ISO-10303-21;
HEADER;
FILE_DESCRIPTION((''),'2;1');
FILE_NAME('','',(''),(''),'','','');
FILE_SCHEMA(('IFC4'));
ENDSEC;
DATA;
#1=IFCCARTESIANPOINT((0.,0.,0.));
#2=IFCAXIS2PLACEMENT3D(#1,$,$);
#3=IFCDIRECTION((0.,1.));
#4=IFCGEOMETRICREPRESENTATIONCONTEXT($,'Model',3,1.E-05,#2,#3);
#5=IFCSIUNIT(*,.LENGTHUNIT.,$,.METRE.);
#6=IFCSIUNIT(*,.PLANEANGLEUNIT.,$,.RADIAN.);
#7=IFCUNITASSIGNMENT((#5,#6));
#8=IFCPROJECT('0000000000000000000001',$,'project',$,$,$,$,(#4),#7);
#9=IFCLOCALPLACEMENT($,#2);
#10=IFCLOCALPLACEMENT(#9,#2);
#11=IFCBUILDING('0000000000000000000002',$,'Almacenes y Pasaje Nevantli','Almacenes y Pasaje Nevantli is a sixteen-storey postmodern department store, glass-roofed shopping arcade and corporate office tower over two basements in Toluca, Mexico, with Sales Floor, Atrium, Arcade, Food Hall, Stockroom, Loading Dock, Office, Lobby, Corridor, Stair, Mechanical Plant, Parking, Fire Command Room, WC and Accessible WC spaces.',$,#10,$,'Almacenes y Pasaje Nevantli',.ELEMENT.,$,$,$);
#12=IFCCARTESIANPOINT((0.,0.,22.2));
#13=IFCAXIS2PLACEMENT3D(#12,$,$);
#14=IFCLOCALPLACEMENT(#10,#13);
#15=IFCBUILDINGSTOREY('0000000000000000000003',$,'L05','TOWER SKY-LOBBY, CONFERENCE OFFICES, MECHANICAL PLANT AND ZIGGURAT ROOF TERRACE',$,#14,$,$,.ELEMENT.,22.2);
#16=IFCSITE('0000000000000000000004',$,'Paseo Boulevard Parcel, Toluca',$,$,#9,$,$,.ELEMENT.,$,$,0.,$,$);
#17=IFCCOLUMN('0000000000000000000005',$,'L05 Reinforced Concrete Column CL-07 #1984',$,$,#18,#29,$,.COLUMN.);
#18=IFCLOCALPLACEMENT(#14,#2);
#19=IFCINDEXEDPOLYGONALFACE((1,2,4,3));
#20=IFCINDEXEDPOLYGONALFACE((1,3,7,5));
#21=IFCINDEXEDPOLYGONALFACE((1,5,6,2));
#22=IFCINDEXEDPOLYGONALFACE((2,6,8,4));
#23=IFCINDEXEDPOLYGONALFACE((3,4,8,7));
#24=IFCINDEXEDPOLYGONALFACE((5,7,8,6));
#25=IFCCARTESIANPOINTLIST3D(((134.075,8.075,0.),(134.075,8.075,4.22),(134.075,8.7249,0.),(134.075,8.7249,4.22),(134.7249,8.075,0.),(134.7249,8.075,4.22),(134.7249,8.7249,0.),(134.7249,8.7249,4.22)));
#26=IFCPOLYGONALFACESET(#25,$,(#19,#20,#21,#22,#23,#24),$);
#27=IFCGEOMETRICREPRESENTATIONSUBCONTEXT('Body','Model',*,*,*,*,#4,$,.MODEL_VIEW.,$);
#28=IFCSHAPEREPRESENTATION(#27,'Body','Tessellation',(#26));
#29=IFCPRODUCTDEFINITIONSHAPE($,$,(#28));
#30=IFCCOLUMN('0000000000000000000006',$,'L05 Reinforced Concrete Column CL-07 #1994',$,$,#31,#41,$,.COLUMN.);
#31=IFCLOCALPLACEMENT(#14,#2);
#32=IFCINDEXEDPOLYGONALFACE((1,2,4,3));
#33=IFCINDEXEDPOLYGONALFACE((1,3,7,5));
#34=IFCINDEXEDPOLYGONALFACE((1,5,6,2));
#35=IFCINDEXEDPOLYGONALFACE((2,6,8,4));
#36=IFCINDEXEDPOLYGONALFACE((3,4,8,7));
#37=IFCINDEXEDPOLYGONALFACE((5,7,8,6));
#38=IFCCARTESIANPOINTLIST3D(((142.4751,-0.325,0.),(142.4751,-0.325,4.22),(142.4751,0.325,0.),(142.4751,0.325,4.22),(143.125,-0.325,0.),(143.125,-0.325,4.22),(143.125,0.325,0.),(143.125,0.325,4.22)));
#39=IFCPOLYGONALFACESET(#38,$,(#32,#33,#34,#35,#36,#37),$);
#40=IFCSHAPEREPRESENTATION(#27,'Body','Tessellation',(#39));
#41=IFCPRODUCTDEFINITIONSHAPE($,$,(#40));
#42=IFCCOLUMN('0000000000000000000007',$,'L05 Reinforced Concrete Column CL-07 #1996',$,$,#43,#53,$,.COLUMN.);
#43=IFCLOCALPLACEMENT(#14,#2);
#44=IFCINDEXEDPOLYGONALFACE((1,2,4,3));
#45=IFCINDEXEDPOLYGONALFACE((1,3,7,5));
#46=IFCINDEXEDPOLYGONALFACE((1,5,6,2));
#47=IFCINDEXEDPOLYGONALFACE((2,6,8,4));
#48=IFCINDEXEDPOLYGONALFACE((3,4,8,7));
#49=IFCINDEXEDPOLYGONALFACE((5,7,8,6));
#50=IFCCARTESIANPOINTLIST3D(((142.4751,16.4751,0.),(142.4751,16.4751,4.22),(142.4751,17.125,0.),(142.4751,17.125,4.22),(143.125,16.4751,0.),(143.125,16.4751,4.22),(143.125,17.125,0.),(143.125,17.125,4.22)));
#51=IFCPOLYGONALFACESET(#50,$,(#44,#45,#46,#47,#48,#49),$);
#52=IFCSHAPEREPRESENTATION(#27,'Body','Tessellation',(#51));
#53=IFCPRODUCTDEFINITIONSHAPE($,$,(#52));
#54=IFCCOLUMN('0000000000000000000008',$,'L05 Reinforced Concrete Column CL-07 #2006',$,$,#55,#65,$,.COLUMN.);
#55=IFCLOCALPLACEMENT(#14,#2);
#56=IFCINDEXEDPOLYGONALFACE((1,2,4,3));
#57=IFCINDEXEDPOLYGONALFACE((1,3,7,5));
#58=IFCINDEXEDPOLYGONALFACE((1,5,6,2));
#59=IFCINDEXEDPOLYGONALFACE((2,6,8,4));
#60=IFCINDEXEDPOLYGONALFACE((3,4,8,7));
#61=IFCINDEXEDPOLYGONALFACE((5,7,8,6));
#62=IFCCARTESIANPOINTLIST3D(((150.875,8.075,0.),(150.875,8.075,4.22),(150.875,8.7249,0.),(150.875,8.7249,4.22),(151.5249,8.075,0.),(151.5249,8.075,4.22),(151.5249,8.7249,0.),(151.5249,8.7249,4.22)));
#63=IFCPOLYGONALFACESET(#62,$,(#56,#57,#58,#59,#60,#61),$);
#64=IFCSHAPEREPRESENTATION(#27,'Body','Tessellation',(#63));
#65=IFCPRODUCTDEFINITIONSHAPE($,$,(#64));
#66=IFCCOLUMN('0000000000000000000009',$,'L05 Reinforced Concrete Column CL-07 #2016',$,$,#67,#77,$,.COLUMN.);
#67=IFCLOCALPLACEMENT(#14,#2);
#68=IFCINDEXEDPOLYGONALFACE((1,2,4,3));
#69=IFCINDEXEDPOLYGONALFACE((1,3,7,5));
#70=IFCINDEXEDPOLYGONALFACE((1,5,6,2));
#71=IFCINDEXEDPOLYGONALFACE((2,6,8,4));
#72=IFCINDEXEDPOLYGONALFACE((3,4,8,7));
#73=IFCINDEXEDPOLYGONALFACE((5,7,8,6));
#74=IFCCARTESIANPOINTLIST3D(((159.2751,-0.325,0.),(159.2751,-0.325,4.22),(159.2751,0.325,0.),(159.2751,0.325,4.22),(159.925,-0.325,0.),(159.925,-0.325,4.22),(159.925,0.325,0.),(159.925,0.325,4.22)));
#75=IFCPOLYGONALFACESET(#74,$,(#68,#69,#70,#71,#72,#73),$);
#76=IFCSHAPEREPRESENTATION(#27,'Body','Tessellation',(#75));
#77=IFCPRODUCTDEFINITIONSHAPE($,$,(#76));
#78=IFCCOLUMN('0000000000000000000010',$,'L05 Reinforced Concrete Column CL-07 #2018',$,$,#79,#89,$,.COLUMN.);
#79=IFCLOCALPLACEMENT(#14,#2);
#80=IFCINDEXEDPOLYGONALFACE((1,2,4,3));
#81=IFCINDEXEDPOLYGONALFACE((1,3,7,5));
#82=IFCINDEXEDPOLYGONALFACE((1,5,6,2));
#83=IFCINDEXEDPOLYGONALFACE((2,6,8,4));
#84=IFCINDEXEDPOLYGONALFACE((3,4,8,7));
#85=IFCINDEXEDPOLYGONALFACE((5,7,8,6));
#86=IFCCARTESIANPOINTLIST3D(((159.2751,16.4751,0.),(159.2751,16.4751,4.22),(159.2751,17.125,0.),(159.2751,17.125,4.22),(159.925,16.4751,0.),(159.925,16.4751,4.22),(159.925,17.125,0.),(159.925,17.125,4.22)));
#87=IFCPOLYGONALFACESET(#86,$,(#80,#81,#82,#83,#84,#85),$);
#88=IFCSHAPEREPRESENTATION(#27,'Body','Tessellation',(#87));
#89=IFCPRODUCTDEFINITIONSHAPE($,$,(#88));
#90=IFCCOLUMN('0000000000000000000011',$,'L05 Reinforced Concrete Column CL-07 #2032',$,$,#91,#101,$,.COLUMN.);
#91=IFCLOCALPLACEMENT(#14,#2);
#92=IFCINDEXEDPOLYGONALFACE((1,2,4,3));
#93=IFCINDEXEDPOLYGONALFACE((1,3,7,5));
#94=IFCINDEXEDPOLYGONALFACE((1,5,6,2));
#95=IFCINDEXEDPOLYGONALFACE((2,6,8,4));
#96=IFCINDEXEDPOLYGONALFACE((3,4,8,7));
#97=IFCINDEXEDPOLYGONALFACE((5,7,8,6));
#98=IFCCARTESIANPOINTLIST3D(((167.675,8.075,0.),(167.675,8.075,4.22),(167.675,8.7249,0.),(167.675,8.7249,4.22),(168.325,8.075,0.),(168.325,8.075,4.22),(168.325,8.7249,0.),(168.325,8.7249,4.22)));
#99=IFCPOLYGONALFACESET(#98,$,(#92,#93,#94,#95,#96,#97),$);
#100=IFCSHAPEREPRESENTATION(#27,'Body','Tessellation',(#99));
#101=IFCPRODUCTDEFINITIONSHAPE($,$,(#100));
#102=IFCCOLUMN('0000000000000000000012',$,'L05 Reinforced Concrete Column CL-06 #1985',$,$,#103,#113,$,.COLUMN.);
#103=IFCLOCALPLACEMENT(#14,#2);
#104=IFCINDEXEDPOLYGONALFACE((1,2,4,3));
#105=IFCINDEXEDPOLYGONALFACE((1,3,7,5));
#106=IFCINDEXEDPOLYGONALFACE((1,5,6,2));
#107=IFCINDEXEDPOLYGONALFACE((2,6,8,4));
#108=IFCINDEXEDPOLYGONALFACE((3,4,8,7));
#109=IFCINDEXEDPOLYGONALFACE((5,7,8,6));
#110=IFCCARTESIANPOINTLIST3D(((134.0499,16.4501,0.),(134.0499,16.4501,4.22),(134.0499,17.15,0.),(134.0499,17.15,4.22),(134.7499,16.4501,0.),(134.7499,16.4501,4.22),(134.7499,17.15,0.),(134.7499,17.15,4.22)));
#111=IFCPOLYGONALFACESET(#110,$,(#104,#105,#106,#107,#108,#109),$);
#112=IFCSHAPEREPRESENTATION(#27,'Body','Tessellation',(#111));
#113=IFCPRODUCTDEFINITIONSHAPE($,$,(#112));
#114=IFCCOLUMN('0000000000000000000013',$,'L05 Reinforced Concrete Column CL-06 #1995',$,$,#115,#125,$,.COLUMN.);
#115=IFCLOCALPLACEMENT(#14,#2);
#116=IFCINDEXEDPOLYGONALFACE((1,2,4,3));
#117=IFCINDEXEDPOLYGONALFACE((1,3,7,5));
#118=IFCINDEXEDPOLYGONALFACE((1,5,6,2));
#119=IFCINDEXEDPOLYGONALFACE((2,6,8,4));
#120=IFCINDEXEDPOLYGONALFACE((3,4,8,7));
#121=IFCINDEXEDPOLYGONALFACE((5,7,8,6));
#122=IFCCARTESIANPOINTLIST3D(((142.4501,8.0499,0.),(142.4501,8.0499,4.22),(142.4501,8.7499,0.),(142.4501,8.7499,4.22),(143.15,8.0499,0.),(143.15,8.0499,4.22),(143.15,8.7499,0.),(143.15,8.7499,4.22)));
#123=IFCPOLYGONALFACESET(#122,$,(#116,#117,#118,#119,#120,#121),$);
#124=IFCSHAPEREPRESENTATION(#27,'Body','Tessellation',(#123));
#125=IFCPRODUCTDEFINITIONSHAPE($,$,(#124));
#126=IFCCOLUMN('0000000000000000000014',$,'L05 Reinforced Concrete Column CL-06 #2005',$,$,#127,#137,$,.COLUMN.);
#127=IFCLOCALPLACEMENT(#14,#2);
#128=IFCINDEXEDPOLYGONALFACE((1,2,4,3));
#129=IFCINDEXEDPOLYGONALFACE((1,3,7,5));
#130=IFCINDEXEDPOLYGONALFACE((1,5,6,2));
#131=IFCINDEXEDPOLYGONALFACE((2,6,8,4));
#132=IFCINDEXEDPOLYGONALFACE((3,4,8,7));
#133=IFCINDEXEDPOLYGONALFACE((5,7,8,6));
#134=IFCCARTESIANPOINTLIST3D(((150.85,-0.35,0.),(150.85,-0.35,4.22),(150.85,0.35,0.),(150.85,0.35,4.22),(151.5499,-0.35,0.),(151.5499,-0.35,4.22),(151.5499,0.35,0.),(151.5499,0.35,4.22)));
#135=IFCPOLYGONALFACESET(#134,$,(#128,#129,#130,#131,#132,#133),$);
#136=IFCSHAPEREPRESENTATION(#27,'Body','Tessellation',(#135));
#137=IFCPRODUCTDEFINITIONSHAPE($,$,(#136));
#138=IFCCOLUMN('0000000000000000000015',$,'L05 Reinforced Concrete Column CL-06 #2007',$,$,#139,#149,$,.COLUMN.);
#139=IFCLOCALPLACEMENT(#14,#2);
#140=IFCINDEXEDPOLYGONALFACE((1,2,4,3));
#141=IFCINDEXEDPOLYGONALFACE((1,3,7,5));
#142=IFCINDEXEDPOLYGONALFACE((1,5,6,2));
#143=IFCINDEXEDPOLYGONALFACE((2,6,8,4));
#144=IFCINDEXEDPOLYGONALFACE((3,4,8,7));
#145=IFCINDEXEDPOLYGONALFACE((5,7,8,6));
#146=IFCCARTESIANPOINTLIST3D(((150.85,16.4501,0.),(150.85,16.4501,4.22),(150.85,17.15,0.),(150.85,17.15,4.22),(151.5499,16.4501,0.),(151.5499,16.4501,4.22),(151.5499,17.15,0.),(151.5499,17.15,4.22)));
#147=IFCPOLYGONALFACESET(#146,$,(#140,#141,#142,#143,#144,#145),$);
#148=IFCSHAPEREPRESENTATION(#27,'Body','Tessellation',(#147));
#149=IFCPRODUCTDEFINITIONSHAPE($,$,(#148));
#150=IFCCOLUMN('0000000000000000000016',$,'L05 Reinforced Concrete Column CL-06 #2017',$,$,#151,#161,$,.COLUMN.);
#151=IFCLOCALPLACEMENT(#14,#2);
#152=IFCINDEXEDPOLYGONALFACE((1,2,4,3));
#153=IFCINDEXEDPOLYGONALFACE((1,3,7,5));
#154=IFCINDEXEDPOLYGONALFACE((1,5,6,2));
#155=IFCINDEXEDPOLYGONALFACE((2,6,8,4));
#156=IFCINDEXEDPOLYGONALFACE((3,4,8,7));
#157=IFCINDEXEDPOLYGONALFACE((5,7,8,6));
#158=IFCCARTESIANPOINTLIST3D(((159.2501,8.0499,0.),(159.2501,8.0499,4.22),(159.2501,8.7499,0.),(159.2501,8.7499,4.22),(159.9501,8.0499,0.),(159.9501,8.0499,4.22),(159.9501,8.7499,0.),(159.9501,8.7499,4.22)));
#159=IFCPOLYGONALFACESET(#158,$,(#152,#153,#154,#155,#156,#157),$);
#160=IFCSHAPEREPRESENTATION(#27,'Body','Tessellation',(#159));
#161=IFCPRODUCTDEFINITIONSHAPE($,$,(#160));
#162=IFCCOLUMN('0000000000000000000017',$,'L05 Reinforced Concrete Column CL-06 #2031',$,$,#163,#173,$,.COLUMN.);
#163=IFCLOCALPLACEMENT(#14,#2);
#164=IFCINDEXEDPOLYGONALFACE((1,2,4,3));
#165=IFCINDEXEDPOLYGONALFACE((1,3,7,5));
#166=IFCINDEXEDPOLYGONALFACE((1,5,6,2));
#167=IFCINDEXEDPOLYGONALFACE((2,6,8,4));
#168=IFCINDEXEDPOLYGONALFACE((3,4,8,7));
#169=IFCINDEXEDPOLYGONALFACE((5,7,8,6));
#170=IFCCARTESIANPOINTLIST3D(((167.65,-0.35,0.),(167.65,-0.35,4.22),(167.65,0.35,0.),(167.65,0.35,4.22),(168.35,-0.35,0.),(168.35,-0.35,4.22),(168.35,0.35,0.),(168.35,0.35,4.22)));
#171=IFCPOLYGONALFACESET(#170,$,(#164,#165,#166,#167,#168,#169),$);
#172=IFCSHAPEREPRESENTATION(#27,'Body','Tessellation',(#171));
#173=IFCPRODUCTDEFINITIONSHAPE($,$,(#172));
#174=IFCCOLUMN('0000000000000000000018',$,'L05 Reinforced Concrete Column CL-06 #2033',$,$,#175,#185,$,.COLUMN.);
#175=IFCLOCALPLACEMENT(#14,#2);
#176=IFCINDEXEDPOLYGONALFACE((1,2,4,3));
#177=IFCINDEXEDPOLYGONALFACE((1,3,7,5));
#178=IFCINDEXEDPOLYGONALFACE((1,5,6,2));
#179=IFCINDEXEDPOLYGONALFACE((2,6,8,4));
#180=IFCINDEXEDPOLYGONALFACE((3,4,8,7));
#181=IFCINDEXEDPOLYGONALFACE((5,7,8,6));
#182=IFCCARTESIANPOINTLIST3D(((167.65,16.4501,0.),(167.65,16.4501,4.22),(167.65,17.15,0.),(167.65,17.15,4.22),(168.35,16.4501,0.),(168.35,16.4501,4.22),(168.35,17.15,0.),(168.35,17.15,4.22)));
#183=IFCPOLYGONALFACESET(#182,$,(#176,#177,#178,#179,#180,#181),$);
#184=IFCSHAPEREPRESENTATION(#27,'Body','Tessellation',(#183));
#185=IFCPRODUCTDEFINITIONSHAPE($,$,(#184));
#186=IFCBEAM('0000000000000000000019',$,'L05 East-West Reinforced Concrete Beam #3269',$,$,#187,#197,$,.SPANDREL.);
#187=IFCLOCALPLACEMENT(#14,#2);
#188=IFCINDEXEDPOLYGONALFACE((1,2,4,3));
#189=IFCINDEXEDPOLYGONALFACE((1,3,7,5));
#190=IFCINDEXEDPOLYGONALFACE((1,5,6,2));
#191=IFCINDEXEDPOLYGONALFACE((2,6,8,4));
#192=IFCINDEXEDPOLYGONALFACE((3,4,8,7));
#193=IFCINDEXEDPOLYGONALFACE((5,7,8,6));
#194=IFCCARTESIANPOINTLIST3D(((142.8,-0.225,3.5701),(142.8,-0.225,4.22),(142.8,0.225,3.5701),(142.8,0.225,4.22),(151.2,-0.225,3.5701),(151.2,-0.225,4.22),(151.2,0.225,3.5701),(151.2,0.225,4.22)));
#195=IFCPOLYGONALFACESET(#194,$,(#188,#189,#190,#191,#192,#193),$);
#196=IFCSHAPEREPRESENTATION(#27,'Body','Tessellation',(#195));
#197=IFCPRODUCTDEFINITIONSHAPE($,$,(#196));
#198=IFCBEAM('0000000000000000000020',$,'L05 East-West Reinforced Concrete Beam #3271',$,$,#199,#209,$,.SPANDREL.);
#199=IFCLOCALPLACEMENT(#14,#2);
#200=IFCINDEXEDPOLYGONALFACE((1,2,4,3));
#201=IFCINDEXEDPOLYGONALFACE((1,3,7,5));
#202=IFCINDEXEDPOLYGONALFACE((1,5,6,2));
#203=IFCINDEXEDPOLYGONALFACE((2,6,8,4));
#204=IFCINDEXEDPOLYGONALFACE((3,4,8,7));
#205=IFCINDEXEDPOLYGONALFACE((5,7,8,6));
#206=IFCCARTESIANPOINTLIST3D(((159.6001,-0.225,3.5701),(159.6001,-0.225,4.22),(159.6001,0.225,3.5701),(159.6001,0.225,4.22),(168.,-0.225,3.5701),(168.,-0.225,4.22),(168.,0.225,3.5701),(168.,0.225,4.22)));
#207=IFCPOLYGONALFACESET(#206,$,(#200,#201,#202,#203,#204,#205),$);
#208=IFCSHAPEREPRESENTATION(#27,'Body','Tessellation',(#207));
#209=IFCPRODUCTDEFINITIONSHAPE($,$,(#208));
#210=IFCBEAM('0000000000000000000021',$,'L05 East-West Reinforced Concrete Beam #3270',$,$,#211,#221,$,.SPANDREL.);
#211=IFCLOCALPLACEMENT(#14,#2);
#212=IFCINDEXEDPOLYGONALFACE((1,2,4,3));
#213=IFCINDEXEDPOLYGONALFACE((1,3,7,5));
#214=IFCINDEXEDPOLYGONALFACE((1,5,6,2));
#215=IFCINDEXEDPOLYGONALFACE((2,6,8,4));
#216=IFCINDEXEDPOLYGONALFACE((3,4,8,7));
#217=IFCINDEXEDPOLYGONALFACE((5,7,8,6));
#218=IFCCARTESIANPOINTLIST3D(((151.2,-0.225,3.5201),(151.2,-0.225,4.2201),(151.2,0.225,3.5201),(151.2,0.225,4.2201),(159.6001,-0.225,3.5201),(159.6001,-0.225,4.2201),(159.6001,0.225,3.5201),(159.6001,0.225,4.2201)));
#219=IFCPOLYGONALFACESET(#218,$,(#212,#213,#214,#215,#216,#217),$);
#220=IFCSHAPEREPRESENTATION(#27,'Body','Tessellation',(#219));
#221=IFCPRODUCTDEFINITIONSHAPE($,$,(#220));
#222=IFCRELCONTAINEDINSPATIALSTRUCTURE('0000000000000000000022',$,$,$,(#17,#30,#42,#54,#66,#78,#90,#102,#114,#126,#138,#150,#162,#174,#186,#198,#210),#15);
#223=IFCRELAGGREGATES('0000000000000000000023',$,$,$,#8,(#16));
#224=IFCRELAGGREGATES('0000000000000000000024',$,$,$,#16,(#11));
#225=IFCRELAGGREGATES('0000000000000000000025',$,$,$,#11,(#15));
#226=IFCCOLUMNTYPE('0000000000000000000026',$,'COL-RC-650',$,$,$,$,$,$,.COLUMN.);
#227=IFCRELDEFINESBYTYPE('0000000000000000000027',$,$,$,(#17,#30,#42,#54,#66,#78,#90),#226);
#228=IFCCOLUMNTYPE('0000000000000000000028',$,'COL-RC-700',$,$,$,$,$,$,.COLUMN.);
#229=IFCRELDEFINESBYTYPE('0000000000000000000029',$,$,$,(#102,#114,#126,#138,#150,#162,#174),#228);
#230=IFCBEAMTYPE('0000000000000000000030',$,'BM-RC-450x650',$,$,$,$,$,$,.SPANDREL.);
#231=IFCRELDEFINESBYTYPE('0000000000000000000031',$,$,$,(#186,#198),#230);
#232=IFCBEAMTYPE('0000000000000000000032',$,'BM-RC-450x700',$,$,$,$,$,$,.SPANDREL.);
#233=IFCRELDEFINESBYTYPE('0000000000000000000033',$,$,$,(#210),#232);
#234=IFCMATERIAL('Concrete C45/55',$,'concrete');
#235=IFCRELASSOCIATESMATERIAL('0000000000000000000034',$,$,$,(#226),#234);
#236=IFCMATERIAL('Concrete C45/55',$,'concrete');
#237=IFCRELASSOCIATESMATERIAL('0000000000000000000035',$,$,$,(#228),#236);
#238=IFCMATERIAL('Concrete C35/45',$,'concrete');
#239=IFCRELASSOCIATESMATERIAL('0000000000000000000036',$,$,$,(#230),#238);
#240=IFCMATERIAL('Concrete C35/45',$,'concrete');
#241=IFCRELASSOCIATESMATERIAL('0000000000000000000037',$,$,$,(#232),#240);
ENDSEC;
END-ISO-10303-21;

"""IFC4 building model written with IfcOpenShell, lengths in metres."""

from ifc_helpers import new_model, si_unit, direction, frame, origin, origin_2d, place, context, subcontext, project, spatial, rectangle, extrude, material, material_profile, profile_set, type_object, element, save


model = new_model("IFC4")

# Units and contexts
model_context = context("Model", 3, precision=1e-05, world=origin(), true_north=direction((0.0, 1.0)))
body_context = subcontext(model_context, "Body", "Model", "MODEL_VIEW")
ifc_project = project(units=[si_unit("LENGTHUNIT", "METRE"), si_unit("PLANEANGLEUNIT", "RADIAN")], contexts=[model_context])

# Site, building, storey
site_placement = place(None, origin())
site = spatial("IfcSite", under=ifc_project, at=site_placement, Name="Paseo Boulevard Parcel, Toluca", CompositionType="ELEMENT", RefElevation=0.0)
building_placement = place(site_placement, origin())
building = spatial("IfcBuilding", under=site, at=building_placement, Name="Almacenes y Pasaje Nevantli", Description="Almacenes y Pasaje Nevantli is a sixteen-storey postmodern department store, glass-roofed shopping arcade and corporate office tower over two basements in Toluca, Mexico, with Sales Floor, Atrium, Arcade, Food Hall, Stockroom, Loading Dock, Office, Lobby, Corridor, Stair, Mechanical Plant, Parking, Fire Command Room, WC and Accessible WC spaces.", LongName="Almacenes y Pasaje Nevantli", CompositionType="ELEMENT")
storey_placement = place(building_placement, frame((0.0, 0.0, 22.2)))
storey = spatial("IfcBuildingStorey", under=building, at=storey_placement, Name="L05", Description="TOWER SKY-LOBBY, CONFERENCE OFFICES, MECHANICAL PLANT AND ZIGGURAT ROOF TERRACE", CompositionType="ELEMENT", Elevation=22.2)

# Columns
ifc_material_1 = material(Name="Concrete C45/55", Category="concrete")
ifc_material_profile_1 = material_profile(ifc_material_1, rectangle(XDim=0.6499, YDim=0.6499, at=origin_2d()), Name="RC-COL-650x650")
ifc_profile_set_1 = profile_set([ifc_material_profile_1], Name="Concrete C45/55")
column_type_1 = type_object("IfcColumnType", Name="COL-RC-650", PredefinedType="COLUMN", material=ifc_profile_set_1)
for number, where, z_axis, x_axis, name in (
    (1, (134.3999, 8.3999, 0.0), (0.0, 0.0, 1.0), (1.0, 0.0, 0.0), "L05 Reinforced Concrete Column CL-07 #1984"),
    (2, (142.8, 0.0, 0.0), (0.0, 0.0, 1.0), (1.0, 0.0, 0.0), "L05 Reinforced Concrete Column CL-07 #1994"),
    (3, (142.8, 16.8, 0.0), (0.0, 0.0, 1.0), (1.0, 0.0, 0.0), "L05 Reinforced Concrete Column CL-07 #1996"),
    (4, (151.2, 8.3999, 0.0), (0.0, 0.0, 1.0), (1.0, 0.0, 0.0), "L05 Reinforced Concrete Column CL-07 #2006"),
    (5, (159.6001, 0.0, 0.0), (0.0, 0.0, 1.0), (1.0, 0.0, 0.0), "L05 Reinforced Concrete Column CL-07 #2016"),
    (6, (159.6001, 16.8, 0.0), (0.0, 0.0, 1.0), (1.0, 0.0, 0.0), "L05 Reinforced Concrete Column CL-07 #2018"),
    (7, (168.0, 8.3999, 0.0), (0.0, 0.0, 1.0), (1.0, 0.0, 0.0), "L05 Reinforced Concrete Column CL-07 #2032"),
):
    element("IfcColumn", number, at=place(storey_placement, frame(where, z_axis=z_axis, x_axis=x_axis)), inside=storey, type_object=column_type_1, Name=name, PredefinedType="COLUMN", context=body_context, shape_type="SweptSolid", body=[
        extrude(rectangle(XDim=0.6499, YDim=0.6499, at=origin_2d()), origin(), (0.0, 0.0, 1.0), 4.22),
    ])
ifc_material_2 = material(Name="Concrete C45/55", Category="concrete")
ifc_material_profile_2 = material_profile(ifc_material_2, rectangle(XDim=0.7, YDim=0.7, at=origin_2d()), Name="RC-COL-700x700")
ifc_profile_set_2 = profile_set([ifc_material_profile_2], Name="Concrete C45/55")
column_type_2 = type_object("IfcColumnType", Name="COL-RC-700", PredefinedType="COLUMN", material=ifc_profile_set_2)
for number, where, z_axis, x_axis, name in (
    (8, (134.3999, 16.8, 0.0), (0.0, 0.0, 1.0), (1.0, 0.0, 0.0), "L05 Reinforced Concrete Column CL-06 #1985"),
    (9, (142.8, 8.3999, 0.0), (0.0, 0.0, 1.0), (1.0, 0.0, 0.0), "L05 Reinforced Concrete Column CL-06 #1995"),
    (10, (151.2, 0.0, 0.0), (0.0, 0.0, 1.0), (1.0, 0.0, 0.0), "L05 Reinforced Concrete Column CL-06 #2005"),
    (11, (151.2, 16.8, 0.0), (0.0, 0.0, 1.0), (1.0, 0.0, 0.0), "L05 Reinforced Concrete Column CL-06 #2007"),
    (12, (159.6001, 8.3999, 0.0), (0.0, 0.0, 1.0), (1.0, 0.0, 0.0), "L05 Reinforced Concrete Column CL-06 #2017"),
    (13, (168.0, 0.0, 0.0), (0.0, 0.0, 1.0), (1.0, 0.0, 0.0), "L05 Reinforced Concrete Column CL-06 #2031"),
    (14, (168.0, 16.8, 0.0), (0.0, 0.0, 1.0), (1.0, 0.0, 0.0), "L05 Reinforced Concrete Column CL-06 #2033"),
):
    element("IfcColumn", number, at=place(storey_placement, frame(where, z_axis=z_axis, x_axis=x_axis)), inside=storey, type_object=column_type_2, Name=name, PredefinedType="COLUMN", context=body_context, shape_type="SweptSolid", body=[
        extrude(rectangle(XDim=0.7, YDim=0.7, at=origin_2d()), origin(), (0.0, 0.0, 1.0), 4.22),
    ])

# Beams
ifc_material_3 = material(Name="Concrete C35/45", Category="concrete")
ifc_material_profile_3 = material_profile(ifc_material_3, rectangle(XDim=0.45, YDim=0.6499, at=origin_2d()), Name="RC-BM-450x650")
ifc_profile_set_3 = profile_set([ifc_material_profile_3], Name="Concrete C35/45")
beam_type_1 = type_object("IfcBeamType", Name="BM-RC-450x650", PredefinedType="SPANDREL", material=ifc_profile_set_3)
for number, where, z_axis, x_axis, name in (
    (15, (142.8, 0.0, 3.895), (1.0, 0.0, 0.0), (0.0, 1.0, 0.0), "L05 East-West Reinforced Concrete Beam #3269"),
    (16, (159.6001, 0.0, 3.895), (1.0, 0.0, 0.0), (0.0, 1.0, 0.0), "L05 East-West Reinforced Concrete Beam #3271"),
):
    element("IfcBeam", number, at=place(storey_placement, frame(where, z_axis=z_axis, x_axis=x_axis)), inside=storey, type_object=beam_type_1, Name=name, PredefinedType="SPANDREL", context=body_context, shape_type="SweptSolid", body=[
        extrude(rectangle(XDim=0.45, YDim=0.6499, at=origin_2d()), origin(), (0.0, 0.0, 1.0), 8.3999),
    ])
ifc_material_4 = material(Name="Concrete C35/45", Category="concrete")
ifc_material_profile_4 = material_profile(ifc_material_4, rectangle(XDim=0.45, YDim=0.7, at=origin_2d()), Name="RC-BM-450x700")
ifc_profile_set_4 = profile_set([ifc_material_profile_4], Name="Concrete C35/45")
beam_type_2 = type_object("IfcBeamType", Name="BM-RC-450x700", PredefinedType="SPANDREL", material=ifc_profile_set_4)
beam_1_placement = place(storey_placement, frame((151.2, 0.0, 3.8701), z_axis=(1.0, 0.0, 0.0), x_axis=(0.0, 1.0, 0.0)))
element("IfcBeam", 17, at=beam_1_placement, inside=storey, type_object=beam_type_2, Name="L05 East-West Reinforced Concrete Beam #3270", PredefinedType="SPANDREL", context=body_context, shape_type="SweptSolid", body=[
    extrude(rectangle(XDim=0.45, YDim=0.7, at=origin_2d()), origin(), (0.0, 0.0, 1.0), 8.4001),
])

save(model, "model.ifc")
